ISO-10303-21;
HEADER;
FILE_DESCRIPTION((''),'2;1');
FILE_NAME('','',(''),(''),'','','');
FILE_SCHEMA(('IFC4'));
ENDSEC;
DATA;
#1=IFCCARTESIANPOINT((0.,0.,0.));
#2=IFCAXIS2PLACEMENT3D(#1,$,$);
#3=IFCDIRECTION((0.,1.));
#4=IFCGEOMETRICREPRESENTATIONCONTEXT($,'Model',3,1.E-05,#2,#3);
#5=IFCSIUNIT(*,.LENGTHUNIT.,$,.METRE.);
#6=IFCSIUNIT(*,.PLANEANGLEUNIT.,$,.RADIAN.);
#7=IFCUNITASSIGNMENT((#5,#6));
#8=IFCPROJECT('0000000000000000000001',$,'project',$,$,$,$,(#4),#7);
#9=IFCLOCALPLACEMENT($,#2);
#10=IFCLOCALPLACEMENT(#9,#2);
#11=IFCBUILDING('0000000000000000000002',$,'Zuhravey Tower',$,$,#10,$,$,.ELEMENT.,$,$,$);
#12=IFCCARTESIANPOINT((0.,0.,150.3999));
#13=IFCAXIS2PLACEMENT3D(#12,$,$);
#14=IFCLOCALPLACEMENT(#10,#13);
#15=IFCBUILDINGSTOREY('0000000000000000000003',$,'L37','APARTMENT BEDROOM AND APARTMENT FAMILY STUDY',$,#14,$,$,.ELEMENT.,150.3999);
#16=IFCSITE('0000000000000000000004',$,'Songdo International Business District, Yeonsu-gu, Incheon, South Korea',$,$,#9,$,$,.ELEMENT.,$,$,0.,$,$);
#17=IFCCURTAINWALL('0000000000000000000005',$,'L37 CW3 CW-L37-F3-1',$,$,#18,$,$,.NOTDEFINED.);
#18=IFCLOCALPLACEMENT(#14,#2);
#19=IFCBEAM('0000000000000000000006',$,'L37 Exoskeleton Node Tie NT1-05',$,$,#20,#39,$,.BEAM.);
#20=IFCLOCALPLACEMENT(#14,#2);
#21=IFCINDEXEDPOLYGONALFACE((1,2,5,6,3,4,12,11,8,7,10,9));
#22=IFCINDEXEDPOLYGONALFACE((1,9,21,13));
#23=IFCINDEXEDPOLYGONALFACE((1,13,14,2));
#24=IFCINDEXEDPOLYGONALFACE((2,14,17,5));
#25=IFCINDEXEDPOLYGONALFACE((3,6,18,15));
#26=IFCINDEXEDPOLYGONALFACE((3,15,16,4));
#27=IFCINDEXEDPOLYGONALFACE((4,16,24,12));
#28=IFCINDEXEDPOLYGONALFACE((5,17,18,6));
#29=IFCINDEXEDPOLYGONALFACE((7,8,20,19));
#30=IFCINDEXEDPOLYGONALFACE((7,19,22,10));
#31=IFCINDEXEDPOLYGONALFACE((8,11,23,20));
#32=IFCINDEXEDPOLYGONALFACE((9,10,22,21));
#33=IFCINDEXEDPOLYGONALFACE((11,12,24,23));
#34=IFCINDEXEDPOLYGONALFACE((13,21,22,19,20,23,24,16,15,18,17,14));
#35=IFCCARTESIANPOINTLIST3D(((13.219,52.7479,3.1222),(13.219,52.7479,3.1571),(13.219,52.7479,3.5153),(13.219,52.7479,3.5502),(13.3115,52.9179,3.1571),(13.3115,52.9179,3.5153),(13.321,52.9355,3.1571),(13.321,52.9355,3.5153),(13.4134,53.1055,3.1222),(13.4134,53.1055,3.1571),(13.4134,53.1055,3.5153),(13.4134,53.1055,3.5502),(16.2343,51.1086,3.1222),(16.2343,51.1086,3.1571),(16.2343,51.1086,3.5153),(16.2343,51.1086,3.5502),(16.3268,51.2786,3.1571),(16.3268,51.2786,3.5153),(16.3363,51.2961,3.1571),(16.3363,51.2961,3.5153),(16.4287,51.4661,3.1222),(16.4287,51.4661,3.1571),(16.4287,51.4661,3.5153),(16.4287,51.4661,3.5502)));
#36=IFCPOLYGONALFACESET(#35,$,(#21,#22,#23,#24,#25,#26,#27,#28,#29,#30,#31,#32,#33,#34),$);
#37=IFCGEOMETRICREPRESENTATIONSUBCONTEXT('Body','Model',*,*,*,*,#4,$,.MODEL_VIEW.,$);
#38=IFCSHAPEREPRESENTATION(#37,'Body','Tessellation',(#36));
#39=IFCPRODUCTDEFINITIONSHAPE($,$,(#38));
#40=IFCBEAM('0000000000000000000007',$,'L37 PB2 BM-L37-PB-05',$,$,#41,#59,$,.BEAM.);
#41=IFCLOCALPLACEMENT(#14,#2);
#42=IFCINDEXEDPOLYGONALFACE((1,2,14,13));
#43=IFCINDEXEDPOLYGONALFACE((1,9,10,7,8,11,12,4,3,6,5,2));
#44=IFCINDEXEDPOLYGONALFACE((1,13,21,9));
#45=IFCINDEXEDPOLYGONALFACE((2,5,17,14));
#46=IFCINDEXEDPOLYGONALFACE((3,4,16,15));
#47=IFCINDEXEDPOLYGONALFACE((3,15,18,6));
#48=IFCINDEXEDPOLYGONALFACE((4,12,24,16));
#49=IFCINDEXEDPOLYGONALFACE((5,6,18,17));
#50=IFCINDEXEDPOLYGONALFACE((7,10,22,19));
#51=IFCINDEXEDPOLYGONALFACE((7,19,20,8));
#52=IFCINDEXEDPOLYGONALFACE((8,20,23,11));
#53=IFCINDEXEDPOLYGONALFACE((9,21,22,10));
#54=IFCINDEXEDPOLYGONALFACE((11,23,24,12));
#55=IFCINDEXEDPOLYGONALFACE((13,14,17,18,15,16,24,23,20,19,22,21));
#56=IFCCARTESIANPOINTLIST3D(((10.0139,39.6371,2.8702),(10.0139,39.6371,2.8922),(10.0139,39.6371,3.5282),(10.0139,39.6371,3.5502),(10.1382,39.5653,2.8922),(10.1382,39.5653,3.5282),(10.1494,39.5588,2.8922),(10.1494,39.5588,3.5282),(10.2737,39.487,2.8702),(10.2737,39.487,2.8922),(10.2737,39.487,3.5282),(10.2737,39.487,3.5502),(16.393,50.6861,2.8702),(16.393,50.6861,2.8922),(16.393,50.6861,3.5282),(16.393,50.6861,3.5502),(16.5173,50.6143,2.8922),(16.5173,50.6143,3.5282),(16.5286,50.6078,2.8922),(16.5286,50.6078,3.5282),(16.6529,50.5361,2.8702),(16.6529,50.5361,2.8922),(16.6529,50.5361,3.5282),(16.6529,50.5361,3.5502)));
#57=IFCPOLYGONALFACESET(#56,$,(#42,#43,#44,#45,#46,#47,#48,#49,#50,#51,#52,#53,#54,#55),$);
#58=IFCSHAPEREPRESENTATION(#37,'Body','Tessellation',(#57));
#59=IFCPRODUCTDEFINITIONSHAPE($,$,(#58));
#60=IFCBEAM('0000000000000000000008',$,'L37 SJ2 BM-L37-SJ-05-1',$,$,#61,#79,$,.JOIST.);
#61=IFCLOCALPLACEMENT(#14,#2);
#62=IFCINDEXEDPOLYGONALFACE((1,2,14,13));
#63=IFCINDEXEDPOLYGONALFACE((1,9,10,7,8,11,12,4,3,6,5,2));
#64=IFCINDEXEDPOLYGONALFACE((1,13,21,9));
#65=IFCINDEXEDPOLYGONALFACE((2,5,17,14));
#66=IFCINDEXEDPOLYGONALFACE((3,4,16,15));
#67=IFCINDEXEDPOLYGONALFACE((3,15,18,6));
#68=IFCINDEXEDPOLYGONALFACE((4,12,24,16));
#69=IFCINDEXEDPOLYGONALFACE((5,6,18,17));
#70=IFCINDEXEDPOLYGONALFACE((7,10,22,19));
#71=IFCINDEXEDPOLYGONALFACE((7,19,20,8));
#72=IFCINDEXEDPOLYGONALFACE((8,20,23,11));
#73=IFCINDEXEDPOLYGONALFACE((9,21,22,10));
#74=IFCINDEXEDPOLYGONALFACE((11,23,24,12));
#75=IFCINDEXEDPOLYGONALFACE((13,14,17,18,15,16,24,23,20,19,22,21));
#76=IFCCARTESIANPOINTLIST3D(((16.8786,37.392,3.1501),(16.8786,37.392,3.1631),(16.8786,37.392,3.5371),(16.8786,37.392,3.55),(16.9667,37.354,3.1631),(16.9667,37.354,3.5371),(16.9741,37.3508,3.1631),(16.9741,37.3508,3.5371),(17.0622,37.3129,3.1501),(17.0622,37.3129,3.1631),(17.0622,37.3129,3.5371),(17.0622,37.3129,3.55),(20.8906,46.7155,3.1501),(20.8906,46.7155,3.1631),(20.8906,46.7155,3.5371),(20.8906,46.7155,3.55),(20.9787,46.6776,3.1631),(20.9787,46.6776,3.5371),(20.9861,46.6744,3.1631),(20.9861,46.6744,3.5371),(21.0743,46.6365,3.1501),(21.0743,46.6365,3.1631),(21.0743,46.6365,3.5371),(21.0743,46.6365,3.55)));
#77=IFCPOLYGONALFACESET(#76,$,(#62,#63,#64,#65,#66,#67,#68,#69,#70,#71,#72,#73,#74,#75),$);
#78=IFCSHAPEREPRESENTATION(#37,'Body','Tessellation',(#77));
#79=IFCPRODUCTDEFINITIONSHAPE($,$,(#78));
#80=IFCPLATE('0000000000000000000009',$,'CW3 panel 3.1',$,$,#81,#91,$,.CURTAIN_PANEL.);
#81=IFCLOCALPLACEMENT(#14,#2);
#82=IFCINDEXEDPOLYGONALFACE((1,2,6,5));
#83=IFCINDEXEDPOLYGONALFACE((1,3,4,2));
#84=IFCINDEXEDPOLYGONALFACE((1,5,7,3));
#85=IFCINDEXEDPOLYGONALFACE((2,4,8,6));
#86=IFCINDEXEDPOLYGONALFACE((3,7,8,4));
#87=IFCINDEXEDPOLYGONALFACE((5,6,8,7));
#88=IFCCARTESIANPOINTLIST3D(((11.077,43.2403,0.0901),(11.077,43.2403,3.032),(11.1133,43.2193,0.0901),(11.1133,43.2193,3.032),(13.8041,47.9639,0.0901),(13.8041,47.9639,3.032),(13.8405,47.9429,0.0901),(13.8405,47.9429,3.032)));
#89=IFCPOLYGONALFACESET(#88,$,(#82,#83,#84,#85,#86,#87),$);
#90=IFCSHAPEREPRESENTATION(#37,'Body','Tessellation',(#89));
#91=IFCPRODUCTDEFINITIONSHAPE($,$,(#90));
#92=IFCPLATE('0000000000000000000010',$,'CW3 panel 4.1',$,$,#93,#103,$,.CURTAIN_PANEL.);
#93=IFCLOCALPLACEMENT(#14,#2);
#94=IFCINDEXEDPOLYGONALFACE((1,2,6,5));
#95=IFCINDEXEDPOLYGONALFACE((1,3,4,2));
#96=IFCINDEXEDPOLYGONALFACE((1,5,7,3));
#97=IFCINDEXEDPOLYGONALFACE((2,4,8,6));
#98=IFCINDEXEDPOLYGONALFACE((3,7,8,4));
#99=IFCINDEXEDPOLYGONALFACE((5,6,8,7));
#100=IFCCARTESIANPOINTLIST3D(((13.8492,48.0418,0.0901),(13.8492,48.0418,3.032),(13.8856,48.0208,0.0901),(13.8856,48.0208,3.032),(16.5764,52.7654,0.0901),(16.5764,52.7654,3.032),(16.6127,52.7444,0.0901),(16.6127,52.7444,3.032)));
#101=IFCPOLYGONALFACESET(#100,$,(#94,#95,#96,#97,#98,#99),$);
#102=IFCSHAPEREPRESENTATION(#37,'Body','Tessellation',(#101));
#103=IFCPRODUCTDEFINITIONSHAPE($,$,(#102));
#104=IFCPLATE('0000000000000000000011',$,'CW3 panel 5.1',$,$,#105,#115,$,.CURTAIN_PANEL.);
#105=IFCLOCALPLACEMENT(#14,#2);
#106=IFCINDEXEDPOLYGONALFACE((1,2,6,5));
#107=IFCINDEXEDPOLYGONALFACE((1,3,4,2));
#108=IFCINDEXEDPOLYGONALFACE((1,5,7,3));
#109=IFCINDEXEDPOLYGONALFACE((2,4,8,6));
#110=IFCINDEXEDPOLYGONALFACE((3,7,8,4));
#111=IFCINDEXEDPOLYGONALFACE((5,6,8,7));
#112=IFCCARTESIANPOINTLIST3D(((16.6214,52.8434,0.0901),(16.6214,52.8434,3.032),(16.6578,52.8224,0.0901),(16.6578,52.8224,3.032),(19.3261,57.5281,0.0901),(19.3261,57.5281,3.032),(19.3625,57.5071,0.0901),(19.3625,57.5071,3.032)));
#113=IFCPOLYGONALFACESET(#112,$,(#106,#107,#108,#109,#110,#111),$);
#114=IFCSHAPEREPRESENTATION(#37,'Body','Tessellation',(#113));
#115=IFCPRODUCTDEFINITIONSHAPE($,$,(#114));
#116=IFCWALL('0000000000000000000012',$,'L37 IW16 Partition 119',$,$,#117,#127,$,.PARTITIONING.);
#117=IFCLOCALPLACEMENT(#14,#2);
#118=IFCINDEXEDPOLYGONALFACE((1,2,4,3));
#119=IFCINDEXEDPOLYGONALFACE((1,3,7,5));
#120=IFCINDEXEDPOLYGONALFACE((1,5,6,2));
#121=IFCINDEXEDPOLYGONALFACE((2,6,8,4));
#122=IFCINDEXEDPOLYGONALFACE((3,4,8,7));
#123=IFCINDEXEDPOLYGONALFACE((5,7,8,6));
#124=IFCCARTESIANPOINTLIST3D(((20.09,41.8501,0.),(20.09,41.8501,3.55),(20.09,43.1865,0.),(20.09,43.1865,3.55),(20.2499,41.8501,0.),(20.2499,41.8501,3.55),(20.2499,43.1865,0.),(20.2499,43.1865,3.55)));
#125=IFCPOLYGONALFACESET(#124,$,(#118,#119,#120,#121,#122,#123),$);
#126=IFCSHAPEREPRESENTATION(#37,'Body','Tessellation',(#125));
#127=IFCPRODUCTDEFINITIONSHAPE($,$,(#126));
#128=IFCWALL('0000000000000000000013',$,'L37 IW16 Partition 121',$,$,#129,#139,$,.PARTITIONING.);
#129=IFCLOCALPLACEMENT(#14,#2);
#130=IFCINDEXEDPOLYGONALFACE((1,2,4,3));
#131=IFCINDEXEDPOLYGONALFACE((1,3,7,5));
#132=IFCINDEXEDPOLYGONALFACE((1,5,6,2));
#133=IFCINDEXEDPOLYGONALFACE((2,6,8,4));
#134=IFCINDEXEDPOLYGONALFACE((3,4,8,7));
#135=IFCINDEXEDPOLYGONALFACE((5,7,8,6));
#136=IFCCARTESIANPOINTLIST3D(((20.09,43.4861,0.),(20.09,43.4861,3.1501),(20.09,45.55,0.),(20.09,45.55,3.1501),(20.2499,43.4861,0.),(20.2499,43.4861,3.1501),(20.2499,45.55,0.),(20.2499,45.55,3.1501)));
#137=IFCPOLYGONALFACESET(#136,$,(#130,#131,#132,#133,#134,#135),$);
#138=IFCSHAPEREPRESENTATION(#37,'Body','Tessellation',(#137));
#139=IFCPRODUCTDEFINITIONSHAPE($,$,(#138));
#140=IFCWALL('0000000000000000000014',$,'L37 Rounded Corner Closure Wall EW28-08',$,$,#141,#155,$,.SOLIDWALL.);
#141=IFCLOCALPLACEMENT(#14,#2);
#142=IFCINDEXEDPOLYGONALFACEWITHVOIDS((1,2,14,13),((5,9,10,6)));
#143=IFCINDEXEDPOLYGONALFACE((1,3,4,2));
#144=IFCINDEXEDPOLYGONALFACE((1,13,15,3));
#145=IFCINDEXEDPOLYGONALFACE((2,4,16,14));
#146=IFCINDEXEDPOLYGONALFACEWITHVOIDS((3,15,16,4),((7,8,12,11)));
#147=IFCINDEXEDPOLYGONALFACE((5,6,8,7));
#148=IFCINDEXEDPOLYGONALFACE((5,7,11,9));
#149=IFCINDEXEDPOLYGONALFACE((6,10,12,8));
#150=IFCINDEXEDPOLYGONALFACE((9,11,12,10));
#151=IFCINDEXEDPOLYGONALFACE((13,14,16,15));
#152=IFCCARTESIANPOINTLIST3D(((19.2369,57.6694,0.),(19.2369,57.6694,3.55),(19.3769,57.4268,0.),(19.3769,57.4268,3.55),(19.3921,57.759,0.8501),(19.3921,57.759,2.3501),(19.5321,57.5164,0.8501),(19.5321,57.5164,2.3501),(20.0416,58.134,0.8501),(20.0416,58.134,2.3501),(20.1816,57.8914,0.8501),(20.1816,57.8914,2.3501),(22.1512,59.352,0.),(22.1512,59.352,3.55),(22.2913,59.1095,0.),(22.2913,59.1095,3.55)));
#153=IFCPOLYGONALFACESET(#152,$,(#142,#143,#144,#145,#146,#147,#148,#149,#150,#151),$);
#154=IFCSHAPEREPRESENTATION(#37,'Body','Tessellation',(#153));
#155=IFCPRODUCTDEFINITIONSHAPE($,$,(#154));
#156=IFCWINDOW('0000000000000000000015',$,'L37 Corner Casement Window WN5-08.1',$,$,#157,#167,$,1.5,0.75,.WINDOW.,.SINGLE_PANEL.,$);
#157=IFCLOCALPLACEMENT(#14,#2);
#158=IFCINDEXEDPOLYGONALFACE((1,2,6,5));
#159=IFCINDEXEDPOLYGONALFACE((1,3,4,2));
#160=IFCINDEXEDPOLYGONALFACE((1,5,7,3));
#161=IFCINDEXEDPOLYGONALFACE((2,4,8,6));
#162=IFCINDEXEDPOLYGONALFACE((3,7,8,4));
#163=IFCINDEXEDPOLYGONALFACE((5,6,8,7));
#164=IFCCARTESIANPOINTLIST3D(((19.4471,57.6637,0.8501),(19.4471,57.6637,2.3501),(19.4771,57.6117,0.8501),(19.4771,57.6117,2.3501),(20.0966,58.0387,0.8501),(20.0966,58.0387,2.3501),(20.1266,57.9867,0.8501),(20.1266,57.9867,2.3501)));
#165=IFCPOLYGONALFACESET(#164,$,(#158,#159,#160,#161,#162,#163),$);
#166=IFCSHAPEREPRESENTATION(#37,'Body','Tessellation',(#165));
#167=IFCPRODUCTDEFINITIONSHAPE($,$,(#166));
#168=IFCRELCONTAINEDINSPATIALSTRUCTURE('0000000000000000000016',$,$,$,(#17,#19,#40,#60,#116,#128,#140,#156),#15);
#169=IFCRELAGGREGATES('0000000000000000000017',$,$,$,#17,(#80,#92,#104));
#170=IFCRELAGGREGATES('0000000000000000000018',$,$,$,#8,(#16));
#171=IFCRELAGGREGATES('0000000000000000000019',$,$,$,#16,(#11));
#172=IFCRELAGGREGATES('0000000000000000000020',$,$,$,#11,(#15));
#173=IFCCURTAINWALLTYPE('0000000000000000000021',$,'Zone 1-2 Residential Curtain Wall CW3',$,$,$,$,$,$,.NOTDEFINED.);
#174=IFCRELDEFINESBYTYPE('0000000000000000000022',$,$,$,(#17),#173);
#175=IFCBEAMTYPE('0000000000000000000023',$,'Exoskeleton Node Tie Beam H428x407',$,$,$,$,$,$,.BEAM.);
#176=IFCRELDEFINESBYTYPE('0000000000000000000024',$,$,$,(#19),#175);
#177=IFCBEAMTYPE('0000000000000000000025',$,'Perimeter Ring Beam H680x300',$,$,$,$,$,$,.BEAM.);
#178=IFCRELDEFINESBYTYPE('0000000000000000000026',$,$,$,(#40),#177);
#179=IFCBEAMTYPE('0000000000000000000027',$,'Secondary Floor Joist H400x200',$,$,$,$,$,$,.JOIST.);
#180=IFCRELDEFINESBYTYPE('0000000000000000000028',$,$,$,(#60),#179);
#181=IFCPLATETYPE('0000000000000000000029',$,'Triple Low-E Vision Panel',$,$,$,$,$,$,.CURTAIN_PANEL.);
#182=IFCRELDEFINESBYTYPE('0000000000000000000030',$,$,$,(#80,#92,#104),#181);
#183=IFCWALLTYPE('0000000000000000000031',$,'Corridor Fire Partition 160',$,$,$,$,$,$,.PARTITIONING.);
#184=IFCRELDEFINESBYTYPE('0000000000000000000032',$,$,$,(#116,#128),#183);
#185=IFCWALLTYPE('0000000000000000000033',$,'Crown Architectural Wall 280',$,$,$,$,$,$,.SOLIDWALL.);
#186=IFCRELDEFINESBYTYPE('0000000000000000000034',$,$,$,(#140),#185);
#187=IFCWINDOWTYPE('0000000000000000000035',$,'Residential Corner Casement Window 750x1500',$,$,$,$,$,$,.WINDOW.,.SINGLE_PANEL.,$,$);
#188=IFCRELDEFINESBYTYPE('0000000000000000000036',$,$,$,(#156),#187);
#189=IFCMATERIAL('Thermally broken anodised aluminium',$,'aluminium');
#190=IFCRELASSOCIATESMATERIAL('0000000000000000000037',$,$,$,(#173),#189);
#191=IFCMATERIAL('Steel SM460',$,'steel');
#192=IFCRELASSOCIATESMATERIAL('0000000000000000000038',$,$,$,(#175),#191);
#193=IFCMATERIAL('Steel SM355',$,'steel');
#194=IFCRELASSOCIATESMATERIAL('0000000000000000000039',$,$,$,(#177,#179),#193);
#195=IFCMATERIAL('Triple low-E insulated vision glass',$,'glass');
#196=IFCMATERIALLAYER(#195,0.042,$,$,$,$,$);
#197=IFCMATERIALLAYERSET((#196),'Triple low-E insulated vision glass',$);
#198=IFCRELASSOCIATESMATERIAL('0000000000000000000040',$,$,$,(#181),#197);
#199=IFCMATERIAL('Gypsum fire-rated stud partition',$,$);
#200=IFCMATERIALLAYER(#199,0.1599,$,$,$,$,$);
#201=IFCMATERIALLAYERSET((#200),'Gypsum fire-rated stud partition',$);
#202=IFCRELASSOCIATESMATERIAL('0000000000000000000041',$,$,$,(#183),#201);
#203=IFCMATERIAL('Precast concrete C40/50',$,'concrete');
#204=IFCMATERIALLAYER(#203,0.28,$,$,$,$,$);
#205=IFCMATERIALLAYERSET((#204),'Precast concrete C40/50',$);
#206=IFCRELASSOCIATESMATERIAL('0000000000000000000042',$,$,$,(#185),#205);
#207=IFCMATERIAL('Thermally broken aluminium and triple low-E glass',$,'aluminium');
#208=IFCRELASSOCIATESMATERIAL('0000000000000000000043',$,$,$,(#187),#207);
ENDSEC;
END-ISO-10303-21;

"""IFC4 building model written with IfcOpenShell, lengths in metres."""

from ifc_helpers import new_model, si_unit, direction, frame, frame_2d, origin, origin_2d, place, context, subcontext, project, spatial, rectangle, i_section, extrude, material, layer, layer_set, material_profile, profile_set, type_object, element, fill, aggregate, save


model = new_model("IFC4")

# Units and contexts
model_context = context("Model", 3, precision=1e-05, world=origin(), true_north=direction((0.0, 1.0)))
body_context = subcontext(model_context, "Body", "Model", "MODEL_VIEW")
ifc_project = project(units=[si_unit("LENGTHUNIT", "METRE"), si_unit("PLANEANGLEUNIT", "RADIAN")], contexts=[model_context])

# Site, building, storey
site_placement = place(None, origin())
site = spatial("IfcSite", under=ifc_project, at=site_placement, Name="Songdo International Business District, Yeonsu-gu, Incheon, South Korea", CompositionType="ELEMENT", RefElevation=0.0)
building_placement = place(site_placement, origin())
building = spatial("IfcBuilding", under=site, at=building_placement, Name="Zuhravey Tower", CompositionType="ELEMENT")
storey_placement = place(building_placement, frame((0.0, 0.0, 150.3999)))
storey = spatial("IfcBuildingStorey", under=building, at=storey_placement, Name="L37", Description="APARTMENT BEDROOM AND APARTMENT FAMILY STUDY", CompositionType="ELEMENT", Elevation=150.3999)

# Curtain wall
ifc_material_1 = material(Name="Thermally broken anodised aluminium", Category="aluminium")
curtain_wall_type = type_object("IfcCurtainWallType", Name="Zone 1-2 Residential Curtain Wall CW3", PredefinedType="NOTDEFINED", material=ifc_material_1)
curtain_wall_placement = place(storey_placement, origin())
curtain_wall = element("IfcCurtainWall", 1, at=curtain_wall_placement, inside=storey, type_object=curtain_wall_type, Name="L37 CW3 CW-L37-F3-1", PredefinedType="NOTDEFINED")

# Beams
ifc_material_2 = material(Name="Steel SM460", Category="steel")
ifc_material_profile_1 = material_profile(ifc_material_2, i_section(OverallWidth=0.407, OverallDepth=0.428, WebThickness=0.02, FlangeThickness=0.0349, at=origin_2d()), Name="H-428x407x20x35")
ifc_profile_set_1 = profile_set([ifc_material_profile_1], Name="Steel SM460")
beam_type_1 = type_object("IfcBeamType", Name="Exoskeleton Node Tie Beam H428x407", PredefinedType="BEAM", material=ifc_profile_set_1)
beam_1_placement = place(storey_placement, frame((16.3315, 51.2874, 3.3362), z_axis=(-0.87855, 0.477651, 0.0), x_axis=(-0.477651, -0.87855, 0.0)))
element("IfcBeam", 2, at=beam_1_placement, inside=storey, type_object=beam_type_1, Name="L37 Exoskeleton Node Tie NT1-05", PredefinedType="BEAM", context=body_context, shape_type="SweptSolid", body=[
    extrude(i_section(OverallWidth=0.407, OverallDepth=0.428, WebThickness=0.02, FlangeThickness=0.0349, at=origin_2d()), origin(), (0.0, 0.0, 1.0), 3.4321),
])
ifc_material_3 = material(Name="Steel SM355", Category="steel")
ifc_material_profile_2 = material_profile(ifc_material_3, i_section(OverallWidth=0.3, OverallDepth=0.6799, WebThickness=0.0129, FlangeThickness=0.022, at=origin_2d()), Name="H-680x300x13x22")
ifc_profile_set_2 = profile_set([ifc_material_profile_2], Name="Steel SM355")
beam_type_2 = type_object("IfcBeamType", Name="Perimeter Ring Beam H680x300", PredefinedType="BEAM", material=ifc_profile_set_2)
beam_2_placement = place(storey_placement, frame((16.5229, 50.6111, 3.2102), z_axis=(-0.499998, -0.866027, 0.0), x_axis=(0.866027, -0.499998, 0.0)))
element("IfcBeam", 3, at=beam_2_placement, inside=storey, type_object=beam_type_2, Name="L37 PB2 BM-L37-PB-05", PredefinedType="BEAM", context=body_context, shape_type="SweptSolid", body=[
    extrude(i_section(OverallWidth=0.3, OverallDepth=0.6799, WebThickness=0.0129, FlangeThickness=0.022, at=origin_2d()), origin(), (0.0, 0.0, 1.0), 12.7583),
])
ifc_material_profile_3 = material_profile(ifc_material_3, i_section(OverallWidth=0.2, OverallDepth=0.3999, WebThickness=0.0081, FlangeThickness=0.0129, at=origin_2d()), Name="H-400x200x8x13")
ifc_profile_set_3 = profile_set([ifc_material_profile_3], Name="Steel SM355")
beam_type_3 = type_object("IfcBeamType", Name="Secondary Floor Joist H400x200", PredefinedType="JOIST", material=ifc_profile_set_3)
beam_3_placement = place(storey_placement, frame((20.9824, 46.676, 3.3501), z_axis=(-0.395266, -0.918567, 0.0), x_axis=(0.918567, -0.395266, 0.0)))
element("IfcBeam", 4, at=beam_3_placement, inside=storey, type_object=beam_type_3, Name="L37 SJ2 BM-L37-SJ-05-1", PredefinedType="JOIST", context=body_context, shape_type="SweptSolid", body=[
    extrude(i_section(OverallWidth=0.2, OverallDepth=0.3999, WebThickness=0.0081, FlangeThickness=0.0129, at=origin_2d()), origin(), (0.0, 0.0, 1.0), 10.1501),
])

# Plates
ifc_material_4 = material(Name="Triple low-E insulated vision glass", Category="glass")
ifc_layer_1 = layer(ifc_material_4, 0.042)
ifc_layer_set_1 = layer_set([ifc_layer_1], Name="Triple low-E insulated vision glass")
plate_type = type_object("IfcPlateType", Name="Triple Low-E Vision Panel", PredefinedType="CURTAIN_PANEL", material=ifc_layer_set_1)
plate_1_placement = place(storey_placement, frame((12.4587, 45.5916, 0.0901), z_axis=(0.0, 0.0, 1.0), x_axis=(0.5, 0.866025, 0.0)))
plate_1 = element("IfcPlate", 5, at=plate_1_placement, type_object=plate_type, Name="CW3 panel 3.1", PredefinedType="CURTAIN_PANEL", context=body_context, shape_type="SweptSolid", body=[
    extrude(rectangle(XDim=5.4543, YDim=0.042, at=origin_2d()), origin(), (0.0, 0.0, 1.0), 2.9419),
])
plate_2_placement = place(storey_placement, frame((15.231, 50.3931, 0.0901), z_axis=(0.0, 0.0, 1.0), x_axis=(0.5, 0.866025, 0.0)))
plate_2 = element("IfcPlate", 6, at=plate_2_placement, type_object=plate_type, Name="CW3 panel 4.1", PredefinedType="CURTAIN_PANEL", context=body_context, shape_type="SweptSolid", body=[
    extrude(rectangle(XDim=5.4543, YDim=0.042, at=origin_2d()), origin(), (0.0, 0.0, 1.0), 2.9419),
])
plate_3_placement = place(storey_placement, frame((17.9919, 55.1753, 0.0901), z_axis=(0.0, 0.0, 1.0), x_axis=(0.5, 0.866025, 0.0)))
plate_3 = element("IfcPlate", 7, at=plate_3_placement, type_object=plate_type, Name="CW3 panel 5.1", PredefinedType="CURTAIN_PANEL", context=body_context, shape_type="SweptSolid", body=[
    extrude(rectangle(XDim=5.4094, YDim=0.042, at=origin_2d()), origin(), (0.0, 0.0, 1.0), 2.9419),
])
aggregate(curtain_wall, [plate_1, plate_2, plate_3])

# Walls
ifc_material_5 = material(Name="Gypsum fire-rated stud partition")
ifc_layer_2 = layer(ifc_material_5, 0.1599)
ifc_layer_set_2 = layer_set([ifc_layer_2], Name="Gypsum fire-rated stud partition")
wall_type_1 = type_object("IfcWallType", Name="Corridor Fire Partition 160", PredefinedType="PARTITIONING", material=ifc_layer_set_2)
wall_1_placement = place(storey_placement, frame((20.1699, 43.1865, 0.0), z_axis=(0.0, 0.0, 1.0), x_axis=(0.0, -1.0, 0.0)))
element("IfcWall", 8, at=wall_1_placement, inside=storey, type_object=wall_type_1, Name="L37 IW16 Partition 119", PredefinedType="PARTITIONING", context=body_context, shape_type="SweptSolid", body=[
    extrude(rectangle(XDim=1.3364, YDim=0.1599, at=frame_2d((0.6682, 0.0))), origin(), (0.0, 0.0, 1.0), 3.55),
])
wall_2_placement = place(storey_placement, frame((20.1699, 45.55, 0.0), z_axis=(0.0, 0.0, 1.0), x_axis=(0.0, -1.0, 0.0)))
element("IfcWall", 9, at=wall_2_placement, inside=storey, type_object=wall_type_1, Name="L37 IW16 Partition 121", PredefinedType="PARTITIONING", context=body_context, shape_type="SweptSolid", body=[
    extrude(rectangle(XDim=2.064, YDim=0.1599, at=frame_2d((1.032, 0.0))), origin(), (0.0, 0.0, 1.0), 3.1501),
])

# Wall, opening, window
ifc_material_6 = material(Name="Precast concrete C40/50", Category="concrete")
ifc_layer_3 = layer(ifc_material_6, 0.28)
ifc_layer_set_3 = layer_set([ifc_layer_3], Name="Precast concrete C40/50")
wall_type_2 = type_object("IfcWallType", Name="Crown Architectural Wall 280", PredefinedType="SOLIDWALL", material=ifc_layer_set_3)
wall_3_placement = place(storey_placement, frame((19.3069, 57.5481, 0.0), z_axis=(0.0, 0.0, 1.0), x_axis=(0.86602, 0.500009, 0.0)))
wall_3 = element("IfcWall", 10, at=wall_3_placement, inside=storey, type_object=wall_type_2, Name="L37 Rounded Corner Closure Wall EW28-08", PredefinedType="SOLIDWALL", context=body_context, shape_type="SweptSolid", body=[
    extrude(rectangle(XDim=3.3652, YDim=0.28, at=frame_2d((1.6826, 0.0))), origin(), (0.0, 0.0, 1.0), 3.55),
])
opening_1_placement = place(wall_3_placement, frame((0.1792, 0.0, 0.8501)))
opening_1 = element("IfcOpeningElement", 11, at=opening_1_placement, cuts=wall_3, PredefinedType="OPENING", context=body_context, shape_type="SweptSolid", body=[
    extrude(rectangle(XDim=0.75, YDim=1.5, at=frame_2d((0.375, 0.75))), frame((0.0, 0.1521, 0.0), z_axis=(0.0, -1.0, 0.0), x_axis=(1.0, 0.0, 0.0)), (0.0, 0.0, 1.0), 0.304),
])
ifc_material_7 = material(Name="Thermally broken aluminium and triple low-E glass", Category="aluminium")
window_type = type_object("IfcWindowType", Name="Residential Corner Casement Window 750x1500", PartitioningType="SINGLE_PANEL", PredefinedType="WINDOW", material=ifc_material_7)
window_placement = place(opening_1_placement, origin())
window = element("IfcWindow", 12, at=window_placement, inside=storey, type_object=window_type, Name="L37 Corner Casement Window WN5-08.1", OverallHeight=1.5, OverallWidth=0.75, PartitioningType="SINGLE_PANEL", PredefinedType="WINDOW", context=body_context, shape_type="SweptSolid", body=[
    extrude(rectangle(XDim=0.75, YDim=1.5, at=frame_2d((0.375, 0.75))), frame((0.0, 0.03, 0.0), z_axis=(0.0, -1.0, 0.0), x_axis=(1.0, 0.0, 0.0)), (0.0, 0.0, 1.0), 0.0601),
])
fill(opening_1, window)

save(model, "model.ifc")
